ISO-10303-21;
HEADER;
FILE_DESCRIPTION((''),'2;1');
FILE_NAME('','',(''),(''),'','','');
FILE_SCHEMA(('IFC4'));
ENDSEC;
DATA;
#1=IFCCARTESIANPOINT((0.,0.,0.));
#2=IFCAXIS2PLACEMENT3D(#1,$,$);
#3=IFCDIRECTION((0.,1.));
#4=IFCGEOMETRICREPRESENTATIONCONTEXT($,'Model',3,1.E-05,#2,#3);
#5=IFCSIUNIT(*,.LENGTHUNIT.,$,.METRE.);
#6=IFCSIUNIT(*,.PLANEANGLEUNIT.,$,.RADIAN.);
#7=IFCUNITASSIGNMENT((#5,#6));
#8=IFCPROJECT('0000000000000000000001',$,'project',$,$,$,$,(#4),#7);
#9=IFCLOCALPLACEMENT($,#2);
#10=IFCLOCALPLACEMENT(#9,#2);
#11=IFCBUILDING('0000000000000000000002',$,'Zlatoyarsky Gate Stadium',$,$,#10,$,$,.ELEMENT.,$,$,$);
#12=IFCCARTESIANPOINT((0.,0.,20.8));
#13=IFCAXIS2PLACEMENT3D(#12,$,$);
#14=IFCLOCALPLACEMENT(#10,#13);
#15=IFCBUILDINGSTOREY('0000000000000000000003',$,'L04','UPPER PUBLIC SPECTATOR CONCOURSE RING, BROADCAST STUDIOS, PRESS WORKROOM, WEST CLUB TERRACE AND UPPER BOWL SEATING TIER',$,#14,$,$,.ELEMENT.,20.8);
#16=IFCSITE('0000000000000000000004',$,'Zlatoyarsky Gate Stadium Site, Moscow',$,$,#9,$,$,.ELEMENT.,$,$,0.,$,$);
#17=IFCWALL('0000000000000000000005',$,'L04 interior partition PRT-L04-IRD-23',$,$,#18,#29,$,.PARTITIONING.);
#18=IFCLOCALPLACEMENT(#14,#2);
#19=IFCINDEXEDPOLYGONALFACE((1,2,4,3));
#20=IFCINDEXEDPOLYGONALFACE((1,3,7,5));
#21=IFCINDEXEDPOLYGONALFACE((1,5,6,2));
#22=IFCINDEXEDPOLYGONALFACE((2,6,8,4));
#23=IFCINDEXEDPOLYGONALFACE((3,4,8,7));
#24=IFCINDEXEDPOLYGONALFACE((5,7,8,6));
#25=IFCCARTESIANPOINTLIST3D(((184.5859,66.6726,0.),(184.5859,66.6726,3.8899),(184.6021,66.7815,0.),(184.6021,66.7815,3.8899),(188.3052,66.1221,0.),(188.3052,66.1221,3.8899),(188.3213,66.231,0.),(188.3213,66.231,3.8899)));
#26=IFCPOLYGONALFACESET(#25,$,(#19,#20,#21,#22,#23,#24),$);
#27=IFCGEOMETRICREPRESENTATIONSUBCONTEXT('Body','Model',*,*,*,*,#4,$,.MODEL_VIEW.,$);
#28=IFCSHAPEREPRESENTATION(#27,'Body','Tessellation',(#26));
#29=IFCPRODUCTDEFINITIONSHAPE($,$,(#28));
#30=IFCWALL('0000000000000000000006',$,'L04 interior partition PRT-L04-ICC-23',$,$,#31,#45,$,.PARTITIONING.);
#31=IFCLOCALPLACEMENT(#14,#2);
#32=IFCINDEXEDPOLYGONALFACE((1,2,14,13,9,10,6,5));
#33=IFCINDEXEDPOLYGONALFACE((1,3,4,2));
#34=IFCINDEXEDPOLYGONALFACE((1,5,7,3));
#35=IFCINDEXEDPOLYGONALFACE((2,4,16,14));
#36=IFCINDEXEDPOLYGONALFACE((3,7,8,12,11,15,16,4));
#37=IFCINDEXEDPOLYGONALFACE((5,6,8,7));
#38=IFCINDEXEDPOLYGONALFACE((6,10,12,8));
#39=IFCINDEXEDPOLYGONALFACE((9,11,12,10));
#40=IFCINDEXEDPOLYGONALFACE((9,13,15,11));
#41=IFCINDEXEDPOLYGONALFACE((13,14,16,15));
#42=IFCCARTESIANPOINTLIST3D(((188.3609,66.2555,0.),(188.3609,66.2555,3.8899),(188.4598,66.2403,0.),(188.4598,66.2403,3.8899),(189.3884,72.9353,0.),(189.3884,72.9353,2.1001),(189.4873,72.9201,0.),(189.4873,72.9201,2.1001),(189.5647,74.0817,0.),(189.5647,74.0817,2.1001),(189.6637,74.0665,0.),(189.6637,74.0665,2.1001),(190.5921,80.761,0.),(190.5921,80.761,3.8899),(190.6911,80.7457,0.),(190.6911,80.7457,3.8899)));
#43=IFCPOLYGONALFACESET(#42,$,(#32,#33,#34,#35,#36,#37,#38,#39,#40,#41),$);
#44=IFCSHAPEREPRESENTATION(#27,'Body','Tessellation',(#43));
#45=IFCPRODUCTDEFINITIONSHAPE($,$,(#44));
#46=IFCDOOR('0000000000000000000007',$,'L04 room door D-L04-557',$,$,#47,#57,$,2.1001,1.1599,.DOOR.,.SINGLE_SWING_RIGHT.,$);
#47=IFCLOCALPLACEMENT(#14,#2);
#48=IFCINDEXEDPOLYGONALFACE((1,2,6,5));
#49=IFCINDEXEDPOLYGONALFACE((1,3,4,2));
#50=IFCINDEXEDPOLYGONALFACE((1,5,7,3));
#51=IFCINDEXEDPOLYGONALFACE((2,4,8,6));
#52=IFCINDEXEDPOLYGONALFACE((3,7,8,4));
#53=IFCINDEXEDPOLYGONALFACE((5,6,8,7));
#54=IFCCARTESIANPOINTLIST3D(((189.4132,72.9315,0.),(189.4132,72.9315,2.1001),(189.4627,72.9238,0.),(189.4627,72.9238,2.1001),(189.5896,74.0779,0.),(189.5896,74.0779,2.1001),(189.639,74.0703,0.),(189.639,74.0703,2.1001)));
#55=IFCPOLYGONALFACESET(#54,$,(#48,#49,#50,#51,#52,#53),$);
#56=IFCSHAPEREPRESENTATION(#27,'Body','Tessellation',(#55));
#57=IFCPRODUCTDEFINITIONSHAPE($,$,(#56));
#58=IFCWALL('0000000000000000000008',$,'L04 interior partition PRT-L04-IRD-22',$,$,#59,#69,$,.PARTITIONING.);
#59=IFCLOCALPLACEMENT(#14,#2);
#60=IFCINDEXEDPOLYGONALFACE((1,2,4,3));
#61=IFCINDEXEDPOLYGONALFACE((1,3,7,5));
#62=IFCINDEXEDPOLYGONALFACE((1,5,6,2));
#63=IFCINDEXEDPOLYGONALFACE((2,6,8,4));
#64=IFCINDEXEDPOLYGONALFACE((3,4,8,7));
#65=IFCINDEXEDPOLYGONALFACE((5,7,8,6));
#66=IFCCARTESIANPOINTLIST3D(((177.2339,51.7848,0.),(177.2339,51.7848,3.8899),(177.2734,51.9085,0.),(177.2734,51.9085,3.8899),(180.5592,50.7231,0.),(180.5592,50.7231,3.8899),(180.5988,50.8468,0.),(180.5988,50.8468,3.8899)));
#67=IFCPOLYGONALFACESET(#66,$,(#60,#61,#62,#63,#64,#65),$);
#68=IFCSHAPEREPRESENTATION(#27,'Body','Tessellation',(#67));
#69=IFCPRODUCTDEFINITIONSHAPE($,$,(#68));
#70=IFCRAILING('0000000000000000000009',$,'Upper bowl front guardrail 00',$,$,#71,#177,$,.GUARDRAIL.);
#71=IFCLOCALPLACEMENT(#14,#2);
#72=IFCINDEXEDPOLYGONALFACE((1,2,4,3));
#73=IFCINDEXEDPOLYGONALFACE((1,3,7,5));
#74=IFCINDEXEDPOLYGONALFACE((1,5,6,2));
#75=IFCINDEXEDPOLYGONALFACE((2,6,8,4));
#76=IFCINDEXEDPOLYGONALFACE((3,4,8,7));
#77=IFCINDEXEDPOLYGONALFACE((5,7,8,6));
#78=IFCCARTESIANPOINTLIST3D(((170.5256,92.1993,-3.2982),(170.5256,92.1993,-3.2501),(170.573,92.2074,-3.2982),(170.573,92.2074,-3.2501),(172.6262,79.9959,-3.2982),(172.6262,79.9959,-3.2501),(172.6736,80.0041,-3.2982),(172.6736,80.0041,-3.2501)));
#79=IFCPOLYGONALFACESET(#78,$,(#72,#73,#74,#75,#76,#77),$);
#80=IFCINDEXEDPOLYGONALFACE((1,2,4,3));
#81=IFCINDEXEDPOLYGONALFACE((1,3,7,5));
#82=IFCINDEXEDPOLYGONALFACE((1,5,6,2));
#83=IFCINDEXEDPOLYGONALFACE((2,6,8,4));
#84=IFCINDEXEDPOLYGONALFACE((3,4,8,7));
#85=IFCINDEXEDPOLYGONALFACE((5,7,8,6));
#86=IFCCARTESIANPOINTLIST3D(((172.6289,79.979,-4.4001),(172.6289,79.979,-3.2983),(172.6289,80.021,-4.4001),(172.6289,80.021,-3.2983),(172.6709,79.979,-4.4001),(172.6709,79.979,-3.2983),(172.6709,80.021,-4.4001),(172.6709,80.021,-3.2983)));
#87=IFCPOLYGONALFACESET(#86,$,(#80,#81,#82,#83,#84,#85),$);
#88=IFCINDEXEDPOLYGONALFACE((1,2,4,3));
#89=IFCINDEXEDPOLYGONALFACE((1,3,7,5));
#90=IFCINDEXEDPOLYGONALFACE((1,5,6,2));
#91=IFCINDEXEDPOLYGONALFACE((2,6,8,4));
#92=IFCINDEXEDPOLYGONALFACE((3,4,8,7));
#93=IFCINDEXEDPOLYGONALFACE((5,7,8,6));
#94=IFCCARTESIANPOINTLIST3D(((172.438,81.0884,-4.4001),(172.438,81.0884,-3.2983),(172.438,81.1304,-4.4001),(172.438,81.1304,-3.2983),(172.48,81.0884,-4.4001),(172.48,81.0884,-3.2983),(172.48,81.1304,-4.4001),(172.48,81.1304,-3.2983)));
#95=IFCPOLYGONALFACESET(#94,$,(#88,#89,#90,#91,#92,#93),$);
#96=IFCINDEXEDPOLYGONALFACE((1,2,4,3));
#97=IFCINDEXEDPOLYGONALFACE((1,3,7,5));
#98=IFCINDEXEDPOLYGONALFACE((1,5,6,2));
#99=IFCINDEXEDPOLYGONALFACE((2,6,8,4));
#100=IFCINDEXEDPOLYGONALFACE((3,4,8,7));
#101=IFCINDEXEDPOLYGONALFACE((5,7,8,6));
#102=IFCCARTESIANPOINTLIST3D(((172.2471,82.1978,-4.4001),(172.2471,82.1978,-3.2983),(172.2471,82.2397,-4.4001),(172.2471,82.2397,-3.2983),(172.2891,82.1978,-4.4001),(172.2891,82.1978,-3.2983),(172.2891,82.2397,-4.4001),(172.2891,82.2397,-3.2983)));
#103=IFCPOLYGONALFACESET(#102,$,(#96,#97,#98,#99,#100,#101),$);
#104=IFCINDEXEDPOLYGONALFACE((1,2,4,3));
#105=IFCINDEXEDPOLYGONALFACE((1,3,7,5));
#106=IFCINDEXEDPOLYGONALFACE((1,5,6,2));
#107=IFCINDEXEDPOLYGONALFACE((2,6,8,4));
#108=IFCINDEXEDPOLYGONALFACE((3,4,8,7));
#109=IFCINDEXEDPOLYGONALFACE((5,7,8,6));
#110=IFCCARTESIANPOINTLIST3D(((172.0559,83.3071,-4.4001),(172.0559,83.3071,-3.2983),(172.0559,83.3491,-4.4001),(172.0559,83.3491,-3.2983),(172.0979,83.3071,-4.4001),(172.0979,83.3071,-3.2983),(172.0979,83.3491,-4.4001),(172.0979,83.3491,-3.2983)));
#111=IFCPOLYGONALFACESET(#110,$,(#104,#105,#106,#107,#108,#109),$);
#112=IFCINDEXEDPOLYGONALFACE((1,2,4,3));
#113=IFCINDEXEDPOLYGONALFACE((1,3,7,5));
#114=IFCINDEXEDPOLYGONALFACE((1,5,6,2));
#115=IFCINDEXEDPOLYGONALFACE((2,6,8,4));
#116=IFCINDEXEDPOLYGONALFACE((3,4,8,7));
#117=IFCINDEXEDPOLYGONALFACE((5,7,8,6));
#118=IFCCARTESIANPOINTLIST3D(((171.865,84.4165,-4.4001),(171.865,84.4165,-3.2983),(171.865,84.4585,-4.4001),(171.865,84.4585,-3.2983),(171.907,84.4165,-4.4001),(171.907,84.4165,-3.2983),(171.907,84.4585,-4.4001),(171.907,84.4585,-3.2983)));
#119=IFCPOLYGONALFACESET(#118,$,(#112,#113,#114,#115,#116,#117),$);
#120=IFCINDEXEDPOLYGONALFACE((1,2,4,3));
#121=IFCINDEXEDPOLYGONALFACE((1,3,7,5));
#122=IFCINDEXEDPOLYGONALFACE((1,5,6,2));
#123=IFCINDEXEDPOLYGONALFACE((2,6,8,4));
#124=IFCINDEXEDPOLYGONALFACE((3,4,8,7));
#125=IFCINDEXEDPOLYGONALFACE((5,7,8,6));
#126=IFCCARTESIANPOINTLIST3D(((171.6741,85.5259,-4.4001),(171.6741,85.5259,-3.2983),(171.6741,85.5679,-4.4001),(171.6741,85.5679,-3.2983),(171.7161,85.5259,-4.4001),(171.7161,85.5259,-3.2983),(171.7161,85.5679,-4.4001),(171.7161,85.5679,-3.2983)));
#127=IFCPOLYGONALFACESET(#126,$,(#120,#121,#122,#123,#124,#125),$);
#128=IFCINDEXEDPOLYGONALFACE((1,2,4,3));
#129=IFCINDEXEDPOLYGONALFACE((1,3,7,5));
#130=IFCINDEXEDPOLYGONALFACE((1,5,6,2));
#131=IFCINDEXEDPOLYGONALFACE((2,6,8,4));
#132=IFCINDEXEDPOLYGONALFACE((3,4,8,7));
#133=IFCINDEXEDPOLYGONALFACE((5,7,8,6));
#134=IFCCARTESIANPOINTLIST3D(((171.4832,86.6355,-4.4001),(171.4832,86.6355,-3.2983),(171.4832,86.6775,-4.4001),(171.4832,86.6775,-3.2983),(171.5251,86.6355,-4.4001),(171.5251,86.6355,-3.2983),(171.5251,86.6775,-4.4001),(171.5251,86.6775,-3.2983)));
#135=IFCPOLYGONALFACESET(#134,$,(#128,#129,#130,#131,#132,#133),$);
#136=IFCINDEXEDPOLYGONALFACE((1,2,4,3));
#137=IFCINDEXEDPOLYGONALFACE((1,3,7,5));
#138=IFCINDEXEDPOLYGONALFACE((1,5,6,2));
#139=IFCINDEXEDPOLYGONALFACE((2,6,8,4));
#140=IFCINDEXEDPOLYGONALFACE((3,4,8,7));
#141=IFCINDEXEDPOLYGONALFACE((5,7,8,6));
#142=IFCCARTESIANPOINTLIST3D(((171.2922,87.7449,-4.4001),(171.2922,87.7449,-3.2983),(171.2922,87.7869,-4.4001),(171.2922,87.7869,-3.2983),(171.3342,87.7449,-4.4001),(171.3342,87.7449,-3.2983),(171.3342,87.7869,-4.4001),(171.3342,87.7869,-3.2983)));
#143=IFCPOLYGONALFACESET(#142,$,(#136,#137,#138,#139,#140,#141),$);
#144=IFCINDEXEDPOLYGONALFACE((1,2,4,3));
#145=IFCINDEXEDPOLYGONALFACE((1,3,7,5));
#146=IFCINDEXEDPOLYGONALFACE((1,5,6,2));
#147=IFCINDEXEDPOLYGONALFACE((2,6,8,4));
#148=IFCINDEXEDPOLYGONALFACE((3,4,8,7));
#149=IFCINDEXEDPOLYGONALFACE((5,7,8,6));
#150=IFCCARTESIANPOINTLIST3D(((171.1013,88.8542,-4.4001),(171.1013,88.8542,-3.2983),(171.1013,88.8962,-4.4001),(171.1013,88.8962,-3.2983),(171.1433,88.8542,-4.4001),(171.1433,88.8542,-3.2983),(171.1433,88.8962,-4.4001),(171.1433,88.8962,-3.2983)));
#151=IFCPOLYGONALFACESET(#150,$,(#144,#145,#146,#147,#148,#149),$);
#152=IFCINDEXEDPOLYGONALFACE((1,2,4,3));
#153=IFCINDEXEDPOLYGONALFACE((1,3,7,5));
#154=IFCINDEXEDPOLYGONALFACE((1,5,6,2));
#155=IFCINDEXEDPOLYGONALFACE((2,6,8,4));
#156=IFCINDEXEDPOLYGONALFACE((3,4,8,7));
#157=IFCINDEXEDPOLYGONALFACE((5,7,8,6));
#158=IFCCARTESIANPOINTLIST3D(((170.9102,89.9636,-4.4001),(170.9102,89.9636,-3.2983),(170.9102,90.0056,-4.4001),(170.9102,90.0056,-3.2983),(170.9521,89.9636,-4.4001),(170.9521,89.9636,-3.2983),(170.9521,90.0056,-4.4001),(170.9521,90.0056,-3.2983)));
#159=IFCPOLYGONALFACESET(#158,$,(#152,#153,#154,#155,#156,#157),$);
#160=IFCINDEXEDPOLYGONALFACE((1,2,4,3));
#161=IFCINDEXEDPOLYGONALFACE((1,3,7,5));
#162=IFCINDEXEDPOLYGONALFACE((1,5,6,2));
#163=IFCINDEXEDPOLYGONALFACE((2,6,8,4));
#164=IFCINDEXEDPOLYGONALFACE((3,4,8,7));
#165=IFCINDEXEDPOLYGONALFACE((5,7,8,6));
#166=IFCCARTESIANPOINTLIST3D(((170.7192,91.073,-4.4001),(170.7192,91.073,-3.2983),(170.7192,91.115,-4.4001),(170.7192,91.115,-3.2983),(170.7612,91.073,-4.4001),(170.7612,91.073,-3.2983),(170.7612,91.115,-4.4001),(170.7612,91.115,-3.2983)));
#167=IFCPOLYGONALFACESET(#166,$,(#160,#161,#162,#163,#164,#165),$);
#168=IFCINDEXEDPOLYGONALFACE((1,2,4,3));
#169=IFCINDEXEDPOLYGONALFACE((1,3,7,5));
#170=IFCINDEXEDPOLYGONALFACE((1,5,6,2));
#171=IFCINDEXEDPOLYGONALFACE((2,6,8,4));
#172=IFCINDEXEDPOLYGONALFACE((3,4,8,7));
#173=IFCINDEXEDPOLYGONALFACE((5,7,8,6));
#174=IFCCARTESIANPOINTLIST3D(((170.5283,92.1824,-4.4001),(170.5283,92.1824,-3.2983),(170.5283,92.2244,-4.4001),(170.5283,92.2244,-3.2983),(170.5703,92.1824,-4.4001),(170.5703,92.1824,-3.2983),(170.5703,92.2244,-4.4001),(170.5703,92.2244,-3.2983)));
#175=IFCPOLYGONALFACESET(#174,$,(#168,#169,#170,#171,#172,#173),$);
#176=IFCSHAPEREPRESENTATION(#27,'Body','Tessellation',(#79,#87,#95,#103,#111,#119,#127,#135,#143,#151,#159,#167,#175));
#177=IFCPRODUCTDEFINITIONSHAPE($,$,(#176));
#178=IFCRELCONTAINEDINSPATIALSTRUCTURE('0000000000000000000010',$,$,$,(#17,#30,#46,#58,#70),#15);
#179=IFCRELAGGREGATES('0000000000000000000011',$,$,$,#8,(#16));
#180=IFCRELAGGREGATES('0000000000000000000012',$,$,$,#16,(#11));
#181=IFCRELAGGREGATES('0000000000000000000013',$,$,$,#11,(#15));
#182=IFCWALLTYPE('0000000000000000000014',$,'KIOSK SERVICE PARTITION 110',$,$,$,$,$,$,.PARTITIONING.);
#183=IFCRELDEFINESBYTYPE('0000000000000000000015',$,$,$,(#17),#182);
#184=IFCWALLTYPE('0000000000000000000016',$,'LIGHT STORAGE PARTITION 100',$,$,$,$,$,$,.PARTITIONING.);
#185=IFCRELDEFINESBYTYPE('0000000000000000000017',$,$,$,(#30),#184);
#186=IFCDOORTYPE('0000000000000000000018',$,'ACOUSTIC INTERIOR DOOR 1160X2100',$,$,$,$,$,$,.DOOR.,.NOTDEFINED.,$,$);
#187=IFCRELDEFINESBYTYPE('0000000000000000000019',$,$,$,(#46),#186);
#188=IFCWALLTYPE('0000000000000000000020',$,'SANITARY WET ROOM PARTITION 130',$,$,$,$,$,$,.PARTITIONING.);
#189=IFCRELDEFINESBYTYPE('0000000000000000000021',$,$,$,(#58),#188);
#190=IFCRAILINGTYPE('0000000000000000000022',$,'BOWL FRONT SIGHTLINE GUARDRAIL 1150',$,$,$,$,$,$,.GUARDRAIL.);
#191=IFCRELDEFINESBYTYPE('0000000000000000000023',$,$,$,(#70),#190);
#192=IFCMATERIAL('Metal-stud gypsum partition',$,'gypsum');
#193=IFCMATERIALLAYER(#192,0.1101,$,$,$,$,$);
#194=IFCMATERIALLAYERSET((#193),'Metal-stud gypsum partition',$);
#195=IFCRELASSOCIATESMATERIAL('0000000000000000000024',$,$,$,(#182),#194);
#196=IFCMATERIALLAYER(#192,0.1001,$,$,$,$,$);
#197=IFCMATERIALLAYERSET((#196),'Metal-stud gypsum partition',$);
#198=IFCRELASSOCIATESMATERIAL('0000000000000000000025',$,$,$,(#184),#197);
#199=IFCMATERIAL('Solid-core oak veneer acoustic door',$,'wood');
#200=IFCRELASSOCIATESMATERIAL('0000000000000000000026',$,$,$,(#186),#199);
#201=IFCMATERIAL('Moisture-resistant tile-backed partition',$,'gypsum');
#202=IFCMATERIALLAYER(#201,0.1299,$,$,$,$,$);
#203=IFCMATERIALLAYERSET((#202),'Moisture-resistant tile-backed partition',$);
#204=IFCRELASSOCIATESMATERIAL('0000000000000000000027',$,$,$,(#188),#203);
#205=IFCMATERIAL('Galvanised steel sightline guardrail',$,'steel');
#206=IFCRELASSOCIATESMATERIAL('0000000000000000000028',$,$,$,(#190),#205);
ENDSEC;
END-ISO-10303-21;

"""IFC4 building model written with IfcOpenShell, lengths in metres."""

from ifc_helpers import new_model, si_unit, direction, frame, frame_2d, origin, origin_2d, place, context, subcontext, project, spatial, rectangle, extrude, material, layer, layer_set, type_object, element, fill, save


model = new_model("IFC4")

# Units and contexts
model_context = context("Model", 3, precision=1e-05, world=origin(), true_north=direction((0.0, 1.0)))
body_context = subcontext(model_context, "Body", "Model", "MODEL_VIEW")
ifc_project = project(units=[si_unit("LENGTHUNIT", "METRE"), si_unit("PLANEANGLEUNIT", "RADIAN")], contexts=[model_context])

# Site, building, storey
site_placement = place(None, origin())
site = spatial("IfcSite", under=ifc_project, at=site_placement, Name="Zlatoyarsky Gate Stadium Site, Moscow", CompositionType="ELEMENT", RefElevation=0.0)
building_placement = place(site_placement, origin())
building = spatial("IfcBuilding", under=site, at=building_placement, Name="Zlatoyarsky Gate Stadium", CompositionType="ELEMENT")
storey_placement = place(building_placement, frame((0.0, 0.0, 20.8)))
storey = spatial("IfcBuildingStorey", under=building, at=storey_placement, Name="L04", Description="UPPER PUBLIC SPECTATOR CONCOURSE RING, BROADCAST STUDIOS, PRESS WORKROOM, WEST CLUB TERRACE AND UPPER BOWL SEATING TIER", CompositionType="ELEMENT", Elevation=20.8)

# Wall
ifc_material_1 = material(Name="Metal-stud gypsum partition", Category="gypsum")
ifc_layer_1 = layer(ifc_material_1, 0.1101)
ifc_layer_set_1 = layer_set([ifc_layer_1], Name="Metal-stud gypsum partition")
wall_type_1 = type_object("IfcWallType", Name="KIOSK SERVICE PARTITION 110", PredefinedType="PARTITIONING", material=ifc_layer_set_1)
wall_1_placement = place(storey_placement, frame((184.594, 66.7271, 0.0), z_axis=(0.0, 0.0, 1.0), x_axis=(0.989221, -0.146429, 0.0)))
element("IfcWall", 1, at=wall_1_placement, inside=storey, type_object=wall_type_1, Name="L04 interior partition PRT-L04-IRD-23", PredefinedType="PARTITIONING", context=body_context, shape_type="SweptSolid", body=[
    extrude(rectangle(XDim=3.7598, YDim=0.1101, at=frame_2d((1.8799, 0.0))), origin(), (0.0, 0.0, 1.0), 3.8899),
])

# Wall, opening, door
ifc_layer_2 = layer(ifc_material_1, 0.1001)
ifc_layer_set_2 = layer_set([ifc_layer_2], Name="Metal-stud gypsum partition")
wall_type_2 = type_object("IfcWallType", Name="LIGHT STORAGE PARTITION 100", PredefinedType="PARTITIONING", material=ifc_layer_set_2)
wall_2_placement = place(storey_placement, frame((188.4104, 66.248, 0.0), z_axis=(0.0, 0.0, 1.0), x_axis=(0.152031, 0.988376, 0.0)))
wall_2 = element("IfcWall", 2, at=wall_2_placement, inside=storey, type_object=wall_type_2, Name="L04 interior partition PRT-L04-ICC-23", PredefinedType="PARTITIONING", context=body_context, shape_type="SweptSolid", body=[
    extrude(rectangle(XDim=14.676, YDim=0.1001, at=frame_2d((7.3379, 0.0))), origin(), (0.0, 0.0, 1.0), 3.8899),
])
opening_placement = place(wall_2_placement, frame((6.7581, 0.0, 0.0)))
opening = element("IfcOpeningElement", 3, at=opening_placement, cuts=wall_2, PredefinedType="OPENING", context=body_context, shape_type="SweptSolid", body=[
    extrude(rectangle(XDim=1.1599, YDim=2.1001, at=frame_2d((0.5801, 1.05))), frame((0.0, 0.0601, 0.0), z_axis=(0.0, -1.0, 0.0), x_axis=(1.0, 0.0, 0.0)), (0.0, 0.0, 1.0), 0.1201),
])
ifc_material_2 = material(Name="Solid-core oak veneer acoustic door", Category="wood")
door_type = type_object("IfcDoorType", Name="ACOUSTIC INTERIOR DOOR 1160X2100", OperationType="NOTDEFINED", PredefinedType="DOOR", material=ifc_material_2)
door_placement = place(opening_placement, origin())
door = element("IfcDoor", 4, at=door_placement, inside=storey, type_object=door_type, Name="L04 room door D-L04-557", OperationType="SINGLE_SWING_RIGHT", OverallHeight=2.1001, OverallWidth=1.1599, PredefinedType="DOOR", context=body_context, shape_type="SweptSolid", body=[
    extrude(rectangle(XDim=1.1599, YDim=2.1001, at=frame_2d((0.5801, 1.05))), frame((0.0, 0.0249, 0.0), z_axis=(0.0, -1.0, 0.0), x_axis=(1.0, 0.0, 0.0)), (0.0, 0.0, 1.0), 0.05),
])
fill(opening, door)

# Wall
ifc_material_3 = material(Name="Moisture-resistant tile-backed partition", Category="gypsum")
ifc_layer_3 = layer(ifc_material_3, 0.1299)
ifc_layer_set_3 = layer_set([ifc_layer_3], Name="Moisture-resistant tile-backed partition")
wall_type_3 = type_object("IfcWallType", Name="SANITARY WET ROOM PARTITION 130", PredefinedType="PARTITIONING", material=ifc_layer_set_3)
wall_3_placement = place(storey_placement, frame((177.2537, 51.8467, 0.0), z_axis=(0.0, 0.0, 1.0), x_axis=(0.952621, -0.304159, 0.0)))
element("IfcWall", 5, at=wall_3_placement, inside=storey, type_object=wall_type_3, Name="L04 interior partition PRT-L04-IRD-22", PredefinedType="PARTITIONING", context=body_context, shape_type="SweptSolid", body=[
    extrude(rectangle(XDim=3.4907, YDim=0.1299, at=frame_2d((1.7454, 0.0))), origin(), (0.0, 0.0, 1.0), 3.8899),
])

# Railing
ifc_material_4 = material(Name="Galvanised steel sightline guardrail", Category="steel")
railing_type_1 = type_object("IfcRailingType", Name="BOWL FRONT SIGHTLINE GUARDRAIL 1150", PredefinedType="GUARDRAIL", material=ifc_material_4)
railing_1_placement = place(storey_placement, frame((172.6499, 80.0, -4.4001)))
element("IfcRailing", 6, at=railing_1_placement, inside=storey, type_object=railing_type_1, Name="Upper bowl front guardrail 00", PredefinedType="GUARDRAIL", context=body_context, shape_type="SweptSolid", body=[
    extrude(rectangle(XDim=0.0481, YDim=0.0481, at=origin_2d()), frame((0.0, 0.0, 1.126), z_axis=(-0.169637, 0.985507, 0.0), x_axis=(-0.985507, -0.169637, 0.0)), (0.0, 0.0, 1.0), 12.3828),
    extrude(rectangle(XDim=0.042, YDim=0.042, at=origin_2d()), origin(), (0.0, 0.0, 1.0), 1.1018),
    extrude(rectangle(XDim=0.042, YDim=0.042, at=origin_2d()), frame((-0.1909, 1.1094, 0.0)), (0.0, 0.0, 1.0), 1.1018),
    extrude(rectangle(XDim=0.042, YDim=0.042, at=origin_2d()), frame((-0.3818, 2.2188, 0.0)), (0.0, 0.0, 1.0), 1.1018),
    extrude(rectangle(XDim=0.042, YDim=0.042, at=origin_2d()), frame((-0.573, 3.3281, 0.0)), (0.0, 0.0, 1.0), 1.1018),
    extrude(rectangle(XDim=0.042, YDim=0.042, at=origin_2d()), frame((-0.7639, 4.4375, 0.0)), (0.0, 0.0, 1.0), 1.1018),
    extrude(rectangle(XDim=0.042, YDim=0.042, at=origin_2d()), frame((-0.9548, 5.5469, 0.0)), (0.0, 0.0, 1.0), 1.1018),
    extrude(rectangle(XDim=0.042, YDim=0.042, at=origin_2d()), frame((-1.1458, 6.6565, 0.0)), (0.0, 0.0, 1.0), 1.1018),
    extrude(rectangle(XDim=0.042, YDim=0.042, at=origin_2d()), frame((-1.3367, 7.7659, 0.0)), (0.0, 0.0, 1.0), 1.1018),
    extrude(rectangle(XDim=0.042, YDim=0.042, at=origin_2d()), frame((-1.5276, 8.8752, 0.0)), (0.0, 0.0, 1.0), 1.1018),
    extrude(rectangle(XDim=0.042, YDim=0.042, at=origin_2d()), frame((-1.7188, 9.9846, 0.0)), (0.0, 0.0, 1.0), 1.1018),
    extrude(rectangle(XDim=0.042, YDim=0.042, at=origin_2d()), frame((-1.9097, 11.094, 0.0)), (0.0, 0.0, 1.0), 1.1018),
    extrude(rectangle(XDim=0.042, YDim=0.042, at=origin_2d()), frame((-2.1006, 12.2034, 0.0)), (0.0, 0.0, 1.0), 1.1018),
])

save(model, "model.ifc")
